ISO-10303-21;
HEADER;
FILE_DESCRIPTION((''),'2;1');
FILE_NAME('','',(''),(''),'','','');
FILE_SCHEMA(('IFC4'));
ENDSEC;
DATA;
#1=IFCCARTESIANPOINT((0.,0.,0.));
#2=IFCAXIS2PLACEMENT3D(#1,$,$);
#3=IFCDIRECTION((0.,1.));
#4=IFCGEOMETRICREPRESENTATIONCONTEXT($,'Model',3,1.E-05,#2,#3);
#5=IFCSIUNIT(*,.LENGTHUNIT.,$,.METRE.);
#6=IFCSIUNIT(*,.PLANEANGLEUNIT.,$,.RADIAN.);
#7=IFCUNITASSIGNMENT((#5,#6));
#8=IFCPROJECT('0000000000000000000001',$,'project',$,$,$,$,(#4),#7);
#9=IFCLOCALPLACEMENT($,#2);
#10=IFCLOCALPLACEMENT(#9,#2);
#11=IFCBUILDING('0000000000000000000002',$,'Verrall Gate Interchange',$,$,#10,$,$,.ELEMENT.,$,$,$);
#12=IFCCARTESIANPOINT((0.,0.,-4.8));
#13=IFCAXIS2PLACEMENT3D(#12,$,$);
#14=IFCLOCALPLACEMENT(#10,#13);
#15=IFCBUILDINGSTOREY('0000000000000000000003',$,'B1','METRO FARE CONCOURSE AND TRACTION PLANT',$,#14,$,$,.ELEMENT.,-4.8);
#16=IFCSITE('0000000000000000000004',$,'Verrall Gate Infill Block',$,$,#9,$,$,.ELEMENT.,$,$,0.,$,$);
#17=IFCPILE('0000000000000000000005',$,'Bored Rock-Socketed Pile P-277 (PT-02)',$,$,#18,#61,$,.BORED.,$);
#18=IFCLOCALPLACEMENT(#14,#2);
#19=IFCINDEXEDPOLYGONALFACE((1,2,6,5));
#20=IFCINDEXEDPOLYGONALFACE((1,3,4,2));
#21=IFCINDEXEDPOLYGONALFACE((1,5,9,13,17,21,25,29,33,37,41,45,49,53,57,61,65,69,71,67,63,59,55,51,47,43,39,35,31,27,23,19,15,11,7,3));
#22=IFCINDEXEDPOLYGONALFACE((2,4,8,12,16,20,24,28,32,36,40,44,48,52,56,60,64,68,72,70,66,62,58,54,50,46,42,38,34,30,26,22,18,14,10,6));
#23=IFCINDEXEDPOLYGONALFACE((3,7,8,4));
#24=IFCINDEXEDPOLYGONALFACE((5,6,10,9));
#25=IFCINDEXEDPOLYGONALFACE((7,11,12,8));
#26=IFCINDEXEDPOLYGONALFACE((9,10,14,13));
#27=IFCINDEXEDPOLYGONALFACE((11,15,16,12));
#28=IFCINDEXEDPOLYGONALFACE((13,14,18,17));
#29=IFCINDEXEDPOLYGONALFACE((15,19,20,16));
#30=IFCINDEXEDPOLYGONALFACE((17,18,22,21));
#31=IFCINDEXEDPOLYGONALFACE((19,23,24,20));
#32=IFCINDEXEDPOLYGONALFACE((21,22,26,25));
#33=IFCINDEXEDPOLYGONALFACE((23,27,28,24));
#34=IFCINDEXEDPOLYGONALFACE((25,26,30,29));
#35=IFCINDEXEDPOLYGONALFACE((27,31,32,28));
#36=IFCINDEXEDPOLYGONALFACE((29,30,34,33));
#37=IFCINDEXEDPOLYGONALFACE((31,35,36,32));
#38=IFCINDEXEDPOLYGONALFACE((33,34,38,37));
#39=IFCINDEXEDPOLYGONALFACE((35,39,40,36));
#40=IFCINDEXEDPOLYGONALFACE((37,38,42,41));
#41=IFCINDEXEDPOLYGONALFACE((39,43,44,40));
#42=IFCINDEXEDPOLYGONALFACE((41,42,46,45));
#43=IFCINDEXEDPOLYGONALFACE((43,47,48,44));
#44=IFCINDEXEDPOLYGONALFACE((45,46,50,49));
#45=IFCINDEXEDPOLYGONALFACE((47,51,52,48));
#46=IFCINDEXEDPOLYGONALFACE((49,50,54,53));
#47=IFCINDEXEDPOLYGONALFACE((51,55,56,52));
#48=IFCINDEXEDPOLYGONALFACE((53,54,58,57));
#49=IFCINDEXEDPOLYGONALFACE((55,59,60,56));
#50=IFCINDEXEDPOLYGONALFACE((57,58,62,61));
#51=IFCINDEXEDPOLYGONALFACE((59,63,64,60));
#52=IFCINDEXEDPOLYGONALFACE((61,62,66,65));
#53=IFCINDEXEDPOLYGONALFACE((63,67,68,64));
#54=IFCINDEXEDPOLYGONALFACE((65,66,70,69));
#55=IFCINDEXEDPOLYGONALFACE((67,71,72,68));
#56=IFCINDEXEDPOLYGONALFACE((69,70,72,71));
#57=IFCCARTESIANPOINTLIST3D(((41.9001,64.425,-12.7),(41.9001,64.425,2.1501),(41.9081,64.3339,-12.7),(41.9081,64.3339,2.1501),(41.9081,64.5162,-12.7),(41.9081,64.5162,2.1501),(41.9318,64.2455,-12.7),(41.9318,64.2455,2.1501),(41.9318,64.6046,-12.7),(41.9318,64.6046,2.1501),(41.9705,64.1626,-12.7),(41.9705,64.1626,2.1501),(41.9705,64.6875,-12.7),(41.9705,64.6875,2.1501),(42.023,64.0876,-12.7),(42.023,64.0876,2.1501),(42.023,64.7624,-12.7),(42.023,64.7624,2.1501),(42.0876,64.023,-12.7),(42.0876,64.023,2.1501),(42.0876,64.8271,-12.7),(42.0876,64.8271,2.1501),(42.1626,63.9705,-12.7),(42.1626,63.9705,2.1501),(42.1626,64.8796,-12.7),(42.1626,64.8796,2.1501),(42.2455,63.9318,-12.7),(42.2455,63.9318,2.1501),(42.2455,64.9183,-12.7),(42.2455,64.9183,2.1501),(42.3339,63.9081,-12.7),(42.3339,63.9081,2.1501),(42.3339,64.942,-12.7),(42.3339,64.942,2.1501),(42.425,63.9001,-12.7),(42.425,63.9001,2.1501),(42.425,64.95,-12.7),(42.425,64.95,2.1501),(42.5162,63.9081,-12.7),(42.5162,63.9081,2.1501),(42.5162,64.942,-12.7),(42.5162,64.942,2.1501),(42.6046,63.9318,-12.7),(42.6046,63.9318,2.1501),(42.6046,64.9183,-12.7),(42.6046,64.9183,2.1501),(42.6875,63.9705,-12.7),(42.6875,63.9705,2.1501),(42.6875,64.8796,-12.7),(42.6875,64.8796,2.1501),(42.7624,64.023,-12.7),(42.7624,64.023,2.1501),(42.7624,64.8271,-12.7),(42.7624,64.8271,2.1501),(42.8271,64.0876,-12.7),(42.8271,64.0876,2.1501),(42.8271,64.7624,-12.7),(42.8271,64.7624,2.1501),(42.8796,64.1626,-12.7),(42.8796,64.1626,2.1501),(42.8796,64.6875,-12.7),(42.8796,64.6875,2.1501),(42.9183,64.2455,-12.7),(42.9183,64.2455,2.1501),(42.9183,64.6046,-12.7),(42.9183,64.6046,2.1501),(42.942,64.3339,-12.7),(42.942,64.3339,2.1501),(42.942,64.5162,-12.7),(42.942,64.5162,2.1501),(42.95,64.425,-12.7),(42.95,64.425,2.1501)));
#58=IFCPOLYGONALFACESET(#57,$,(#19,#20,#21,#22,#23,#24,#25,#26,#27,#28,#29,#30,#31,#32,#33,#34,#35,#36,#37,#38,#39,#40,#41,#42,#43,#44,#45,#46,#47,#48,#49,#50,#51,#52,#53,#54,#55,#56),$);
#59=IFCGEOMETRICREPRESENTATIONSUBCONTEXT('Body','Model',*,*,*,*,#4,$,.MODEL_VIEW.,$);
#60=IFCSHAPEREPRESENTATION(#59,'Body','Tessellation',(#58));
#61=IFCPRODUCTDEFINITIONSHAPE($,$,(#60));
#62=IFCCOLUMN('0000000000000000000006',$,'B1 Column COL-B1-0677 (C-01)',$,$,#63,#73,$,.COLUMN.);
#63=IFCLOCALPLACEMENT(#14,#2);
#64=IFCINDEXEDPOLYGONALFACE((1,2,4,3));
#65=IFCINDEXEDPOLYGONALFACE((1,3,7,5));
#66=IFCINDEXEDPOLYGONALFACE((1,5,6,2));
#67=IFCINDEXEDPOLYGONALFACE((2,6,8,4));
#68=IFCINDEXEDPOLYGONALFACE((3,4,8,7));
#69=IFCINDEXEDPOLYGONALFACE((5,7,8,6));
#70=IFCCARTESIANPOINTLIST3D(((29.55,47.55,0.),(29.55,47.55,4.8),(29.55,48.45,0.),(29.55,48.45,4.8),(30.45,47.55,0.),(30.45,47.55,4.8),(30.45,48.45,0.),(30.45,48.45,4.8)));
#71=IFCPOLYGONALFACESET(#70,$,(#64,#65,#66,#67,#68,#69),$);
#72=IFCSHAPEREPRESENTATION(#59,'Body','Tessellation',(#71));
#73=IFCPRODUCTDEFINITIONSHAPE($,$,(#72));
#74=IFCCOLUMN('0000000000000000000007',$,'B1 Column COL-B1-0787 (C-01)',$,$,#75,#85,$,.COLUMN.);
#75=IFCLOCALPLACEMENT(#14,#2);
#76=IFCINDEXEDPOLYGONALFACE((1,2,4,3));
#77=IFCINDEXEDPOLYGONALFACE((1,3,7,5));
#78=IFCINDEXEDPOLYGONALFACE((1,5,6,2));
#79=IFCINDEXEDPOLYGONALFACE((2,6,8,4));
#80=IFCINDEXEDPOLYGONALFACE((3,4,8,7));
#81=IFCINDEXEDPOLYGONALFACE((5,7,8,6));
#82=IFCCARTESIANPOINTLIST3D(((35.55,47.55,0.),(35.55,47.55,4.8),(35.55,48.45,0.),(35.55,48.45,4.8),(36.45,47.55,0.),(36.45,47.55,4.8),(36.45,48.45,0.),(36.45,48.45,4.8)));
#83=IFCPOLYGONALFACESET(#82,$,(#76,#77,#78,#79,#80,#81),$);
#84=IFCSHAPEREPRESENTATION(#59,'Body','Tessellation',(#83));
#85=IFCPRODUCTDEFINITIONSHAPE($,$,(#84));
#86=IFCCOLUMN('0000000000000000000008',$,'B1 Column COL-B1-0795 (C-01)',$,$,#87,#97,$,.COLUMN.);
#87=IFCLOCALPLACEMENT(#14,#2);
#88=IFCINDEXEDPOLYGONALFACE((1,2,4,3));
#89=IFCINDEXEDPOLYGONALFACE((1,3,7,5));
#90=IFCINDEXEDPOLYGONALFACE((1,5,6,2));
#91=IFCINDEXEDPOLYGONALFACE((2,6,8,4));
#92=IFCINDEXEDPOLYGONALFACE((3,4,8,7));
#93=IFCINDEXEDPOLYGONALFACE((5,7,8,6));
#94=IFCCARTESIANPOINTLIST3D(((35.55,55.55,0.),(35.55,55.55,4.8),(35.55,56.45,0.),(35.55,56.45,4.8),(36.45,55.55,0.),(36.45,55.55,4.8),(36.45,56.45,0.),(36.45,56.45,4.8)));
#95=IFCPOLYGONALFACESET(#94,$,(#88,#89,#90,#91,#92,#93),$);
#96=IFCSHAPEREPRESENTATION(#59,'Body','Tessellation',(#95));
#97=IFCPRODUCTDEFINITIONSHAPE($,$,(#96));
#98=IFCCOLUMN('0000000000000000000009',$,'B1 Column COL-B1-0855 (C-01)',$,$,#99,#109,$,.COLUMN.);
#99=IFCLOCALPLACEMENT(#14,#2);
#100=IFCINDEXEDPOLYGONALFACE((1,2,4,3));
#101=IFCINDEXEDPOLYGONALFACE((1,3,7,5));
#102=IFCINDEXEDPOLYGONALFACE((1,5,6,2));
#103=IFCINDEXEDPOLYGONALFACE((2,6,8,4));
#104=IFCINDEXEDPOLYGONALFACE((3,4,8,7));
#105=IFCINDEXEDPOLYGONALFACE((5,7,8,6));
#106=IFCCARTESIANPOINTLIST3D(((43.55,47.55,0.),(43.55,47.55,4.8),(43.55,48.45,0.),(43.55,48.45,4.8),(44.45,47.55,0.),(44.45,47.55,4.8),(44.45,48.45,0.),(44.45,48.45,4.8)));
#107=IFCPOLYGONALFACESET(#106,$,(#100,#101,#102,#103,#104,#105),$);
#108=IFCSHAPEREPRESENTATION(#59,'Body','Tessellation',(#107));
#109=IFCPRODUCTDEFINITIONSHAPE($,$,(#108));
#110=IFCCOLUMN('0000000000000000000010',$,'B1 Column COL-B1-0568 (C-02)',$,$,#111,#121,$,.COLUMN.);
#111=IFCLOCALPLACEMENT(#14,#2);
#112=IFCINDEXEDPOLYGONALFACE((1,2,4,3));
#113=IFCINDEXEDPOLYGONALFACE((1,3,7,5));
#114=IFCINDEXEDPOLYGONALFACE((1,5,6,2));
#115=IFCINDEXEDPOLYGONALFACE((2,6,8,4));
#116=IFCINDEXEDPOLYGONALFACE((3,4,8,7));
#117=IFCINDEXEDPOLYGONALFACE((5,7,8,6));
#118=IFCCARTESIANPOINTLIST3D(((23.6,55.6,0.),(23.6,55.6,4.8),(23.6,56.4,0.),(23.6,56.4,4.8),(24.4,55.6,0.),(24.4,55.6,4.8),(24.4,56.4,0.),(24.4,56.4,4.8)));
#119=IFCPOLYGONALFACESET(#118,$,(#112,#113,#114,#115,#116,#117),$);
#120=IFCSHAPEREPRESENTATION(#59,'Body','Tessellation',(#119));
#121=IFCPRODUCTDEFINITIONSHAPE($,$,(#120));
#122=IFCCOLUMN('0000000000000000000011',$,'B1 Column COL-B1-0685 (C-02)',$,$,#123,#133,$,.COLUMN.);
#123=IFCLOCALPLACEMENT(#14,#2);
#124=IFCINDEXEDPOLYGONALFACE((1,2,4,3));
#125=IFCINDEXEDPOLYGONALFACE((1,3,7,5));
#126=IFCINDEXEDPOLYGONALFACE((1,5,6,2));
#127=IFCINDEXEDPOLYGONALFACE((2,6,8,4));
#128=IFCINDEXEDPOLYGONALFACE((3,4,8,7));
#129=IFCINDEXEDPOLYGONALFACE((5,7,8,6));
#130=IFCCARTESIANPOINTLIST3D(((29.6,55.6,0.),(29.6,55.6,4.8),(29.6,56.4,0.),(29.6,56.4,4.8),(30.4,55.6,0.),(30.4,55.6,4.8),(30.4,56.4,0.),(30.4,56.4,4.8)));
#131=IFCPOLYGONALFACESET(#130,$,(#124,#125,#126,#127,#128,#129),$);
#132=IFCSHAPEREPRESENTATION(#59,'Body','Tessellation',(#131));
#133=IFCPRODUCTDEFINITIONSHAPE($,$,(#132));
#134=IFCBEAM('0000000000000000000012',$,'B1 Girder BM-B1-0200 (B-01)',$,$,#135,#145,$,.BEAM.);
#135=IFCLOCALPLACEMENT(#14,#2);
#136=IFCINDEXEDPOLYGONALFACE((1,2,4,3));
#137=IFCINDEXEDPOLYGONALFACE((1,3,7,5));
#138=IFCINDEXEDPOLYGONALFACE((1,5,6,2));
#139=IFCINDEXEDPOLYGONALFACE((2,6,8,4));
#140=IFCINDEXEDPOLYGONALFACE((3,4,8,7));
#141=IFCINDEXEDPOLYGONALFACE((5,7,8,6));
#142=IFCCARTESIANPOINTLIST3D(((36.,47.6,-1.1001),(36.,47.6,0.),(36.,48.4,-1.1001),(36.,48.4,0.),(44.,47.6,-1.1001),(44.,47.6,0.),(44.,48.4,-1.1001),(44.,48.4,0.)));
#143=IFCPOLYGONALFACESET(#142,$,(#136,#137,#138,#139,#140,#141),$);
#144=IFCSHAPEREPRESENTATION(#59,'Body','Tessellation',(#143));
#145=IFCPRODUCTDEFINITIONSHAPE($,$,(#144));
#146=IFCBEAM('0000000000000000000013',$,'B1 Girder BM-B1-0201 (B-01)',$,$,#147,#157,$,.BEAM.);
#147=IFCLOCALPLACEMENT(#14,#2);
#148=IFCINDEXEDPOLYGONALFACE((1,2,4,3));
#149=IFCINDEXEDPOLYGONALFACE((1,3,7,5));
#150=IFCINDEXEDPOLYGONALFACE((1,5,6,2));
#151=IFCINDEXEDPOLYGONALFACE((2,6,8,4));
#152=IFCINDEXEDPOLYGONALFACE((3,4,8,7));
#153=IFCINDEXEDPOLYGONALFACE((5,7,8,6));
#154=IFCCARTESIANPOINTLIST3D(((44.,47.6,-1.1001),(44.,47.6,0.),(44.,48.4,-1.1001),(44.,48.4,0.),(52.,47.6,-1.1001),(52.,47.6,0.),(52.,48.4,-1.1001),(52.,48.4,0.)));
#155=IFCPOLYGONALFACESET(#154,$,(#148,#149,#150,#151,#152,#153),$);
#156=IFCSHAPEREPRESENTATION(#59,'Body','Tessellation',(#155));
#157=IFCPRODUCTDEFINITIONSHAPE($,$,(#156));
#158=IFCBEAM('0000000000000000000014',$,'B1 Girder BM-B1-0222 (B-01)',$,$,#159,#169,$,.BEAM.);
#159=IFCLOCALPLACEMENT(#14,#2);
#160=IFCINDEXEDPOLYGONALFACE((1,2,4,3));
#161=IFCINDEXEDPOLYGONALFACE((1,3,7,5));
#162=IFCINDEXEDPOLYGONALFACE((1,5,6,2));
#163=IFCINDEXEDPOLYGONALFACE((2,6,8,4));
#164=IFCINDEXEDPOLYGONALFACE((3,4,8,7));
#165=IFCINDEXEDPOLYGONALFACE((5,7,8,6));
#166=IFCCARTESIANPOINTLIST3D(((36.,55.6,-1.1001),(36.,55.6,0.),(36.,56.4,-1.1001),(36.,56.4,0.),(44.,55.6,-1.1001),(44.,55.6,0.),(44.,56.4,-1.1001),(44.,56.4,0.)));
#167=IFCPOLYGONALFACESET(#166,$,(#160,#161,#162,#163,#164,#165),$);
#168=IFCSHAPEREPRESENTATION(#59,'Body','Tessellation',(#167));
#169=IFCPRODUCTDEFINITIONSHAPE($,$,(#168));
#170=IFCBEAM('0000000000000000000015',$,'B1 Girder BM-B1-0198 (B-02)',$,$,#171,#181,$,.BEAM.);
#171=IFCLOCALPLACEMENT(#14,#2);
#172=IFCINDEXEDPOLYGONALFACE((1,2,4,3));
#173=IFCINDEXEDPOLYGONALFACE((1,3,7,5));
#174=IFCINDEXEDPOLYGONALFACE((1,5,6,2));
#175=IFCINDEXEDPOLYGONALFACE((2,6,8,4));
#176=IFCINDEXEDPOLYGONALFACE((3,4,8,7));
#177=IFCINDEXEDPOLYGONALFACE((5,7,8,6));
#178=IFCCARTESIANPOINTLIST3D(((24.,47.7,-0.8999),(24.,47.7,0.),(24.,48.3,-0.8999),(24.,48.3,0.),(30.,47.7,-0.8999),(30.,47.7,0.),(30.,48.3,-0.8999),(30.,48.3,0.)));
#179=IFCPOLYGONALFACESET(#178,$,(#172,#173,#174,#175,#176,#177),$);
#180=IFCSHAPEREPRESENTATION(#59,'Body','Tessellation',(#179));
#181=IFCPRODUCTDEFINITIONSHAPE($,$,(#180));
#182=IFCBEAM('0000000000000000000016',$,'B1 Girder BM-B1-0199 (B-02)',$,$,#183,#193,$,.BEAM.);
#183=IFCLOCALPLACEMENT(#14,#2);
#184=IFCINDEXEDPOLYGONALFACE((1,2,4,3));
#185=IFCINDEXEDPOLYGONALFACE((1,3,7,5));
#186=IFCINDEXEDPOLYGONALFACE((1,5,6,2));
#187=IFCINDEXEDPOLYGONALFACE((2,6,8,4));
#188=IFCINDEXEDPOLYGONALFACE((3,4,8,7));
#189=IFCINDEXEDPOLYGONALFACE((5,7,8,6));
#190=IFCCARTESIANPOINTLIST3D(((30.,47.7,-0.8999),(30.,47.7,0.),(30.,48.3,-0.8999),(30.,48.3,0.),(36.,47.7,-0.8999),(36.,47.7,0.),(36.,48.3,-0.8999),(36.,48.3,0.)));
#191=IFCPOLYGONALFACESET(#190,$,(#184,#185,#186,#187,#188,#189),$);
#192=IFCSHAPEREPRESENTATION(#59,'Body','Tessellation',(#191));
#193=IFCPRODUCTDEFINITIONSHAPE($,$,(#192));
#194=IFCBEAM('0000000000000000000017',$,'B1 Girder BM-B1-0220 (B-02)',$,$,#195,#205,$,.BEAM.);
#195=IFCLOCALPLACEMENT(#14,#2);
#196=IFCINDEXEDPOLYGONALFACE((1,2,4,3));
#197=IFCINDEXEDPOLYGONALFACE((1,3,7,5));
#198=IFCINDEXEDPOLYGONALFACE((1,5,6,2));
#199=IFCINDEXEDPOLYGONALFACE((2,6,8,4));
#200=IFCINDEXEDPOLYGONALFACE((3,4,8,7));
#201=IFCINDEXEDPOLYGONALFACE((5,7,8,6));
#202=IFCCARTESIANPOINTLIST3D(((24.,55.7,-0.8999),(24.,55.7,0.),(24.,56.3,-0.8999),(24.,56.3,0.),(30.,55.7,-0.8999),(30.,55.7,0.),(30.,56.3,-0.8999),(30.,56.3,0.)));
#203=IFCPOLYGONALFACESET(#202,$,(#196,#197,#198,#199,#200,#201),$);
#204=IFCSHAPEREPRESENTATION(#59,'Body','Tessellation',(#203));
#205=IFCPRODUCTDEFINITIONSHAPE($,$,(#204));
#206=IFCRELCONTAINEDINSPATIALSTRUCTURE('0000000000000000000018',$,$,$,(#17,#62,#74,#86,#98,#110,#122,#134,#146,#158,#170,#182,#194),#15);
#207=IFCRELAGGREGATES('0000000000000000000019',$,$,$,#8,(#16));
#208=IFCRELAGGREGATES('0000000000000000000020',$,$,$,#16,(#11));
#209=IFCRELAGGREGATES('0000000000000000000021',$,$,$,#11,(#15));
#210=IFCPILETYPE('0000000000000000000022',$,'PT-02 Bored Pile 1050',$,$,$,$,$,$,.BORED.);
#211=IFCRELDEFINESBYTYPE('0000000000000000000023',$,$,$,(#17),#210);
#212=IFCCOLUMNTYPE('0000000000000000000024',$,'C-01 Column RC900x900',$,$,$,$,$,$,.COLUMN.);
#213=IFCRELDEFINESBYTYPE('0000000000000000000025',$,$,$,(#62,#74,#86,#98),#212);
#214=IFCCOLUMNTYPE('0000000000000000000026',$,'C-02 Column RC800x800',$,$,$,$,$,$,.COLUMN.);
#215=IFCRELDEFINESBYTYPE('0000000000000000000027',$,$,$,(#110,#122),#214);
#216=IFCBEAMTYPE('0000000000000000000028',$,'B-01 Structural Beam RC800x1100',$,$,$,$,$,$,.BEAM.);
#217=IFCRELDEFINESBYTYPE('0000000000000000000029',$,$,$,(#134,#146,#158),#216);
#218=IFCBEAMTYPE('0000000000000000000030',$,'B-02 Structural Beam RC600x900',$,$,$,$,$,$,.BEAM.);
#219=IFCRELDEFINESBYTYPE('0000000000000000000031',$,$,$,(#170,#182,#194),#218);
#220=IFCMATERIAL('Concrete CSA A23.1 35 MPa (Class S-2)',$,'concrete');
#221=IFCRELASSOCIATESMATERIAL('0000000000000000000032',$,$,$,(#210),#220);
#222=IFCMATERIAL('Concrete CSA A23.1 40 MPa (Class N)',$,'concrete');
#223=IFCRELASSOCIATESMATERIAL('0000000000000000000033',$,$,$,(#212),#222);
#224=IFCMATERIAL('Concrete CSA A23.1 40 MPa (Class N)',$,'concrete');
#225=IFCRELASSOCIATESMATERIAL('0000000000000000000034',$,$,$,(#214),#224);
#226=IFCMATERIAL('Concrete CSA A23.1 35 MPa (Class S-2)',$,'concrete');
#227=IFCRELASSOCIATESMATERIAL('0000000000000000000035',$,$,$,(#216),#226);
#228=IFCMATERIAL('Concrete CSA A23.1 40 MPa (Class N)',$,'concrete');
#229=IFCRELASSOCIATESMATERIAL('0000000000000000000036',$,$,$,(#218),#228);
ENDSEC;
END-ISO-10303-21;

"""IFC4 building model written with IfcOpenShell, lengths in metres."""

from ifc_helpers import new_model, si_unit, direction, frame, origin, origin_2d, place, context, subcontext, project, spatial, rectangle, circle, extrude, material, material_profile, profile_set, type_object, element, save


model = new_model("IFC4")

# Units and contexts
model_context = context("Model", 3, precision=1e-05, world=origin(), true_north=direction((0.0, 1.0)))
body_context = subcontext(model_context, "Body", "Model", "MODEL_VIEW")
ifc_project = project(units=[si_unit("LENGTHUNIT", "METRE"), si_unit("PLANEANGLEUNIT", "RADIAN")], contexts=[model_context])

# Site, building, storey
site_placement = place(None, origin())
site = spatial("IfcSite", under=ifc_project, at=site_placement, Name="Verrall Gate Infill Block", CompositionType="ELEMENT", RefElevation=0.0)
building_placement = place(site_placement, origin())
building = spatial("IfcBuilding", under=site, at=building_placement, Name="Verrall Gate Interchange", CompositionType="ELEMENT")
storey_placement = place(building_placement, frame((0.0, 0.0, -4.8)))
storey = spatial("IfcBuildingStorey", under=building, at=storey_placement, Name="B1", Description="METRO FARE CONCOURSE AND TRACTION PLANT", CompositionType="ELEMENT", Elevation=-4.8)

# Pile
ifc_material_1 = material(Name="Concrete CSA A23.1 35 MPa (Class S-2)", Category="concrete")
ifc_material_profile_1 = material_profile(ifc_material_1, circle(Radius=0.5249, at=origin_2d()), Name="PILE1050D")
ifc_profile_set_1 = profile_set([ifc_material_profile_1], Name="Concrete CSA A23.1 35 MPa (Class S-2)")
pile_type = type_object("IfcPileType", Name="PT-02 Bored Pile 1050", PredefinedType="BORED", material=ifc_profile_set_1)
pile_placement = place(storey_placement, frame((42.425, 64.425, 2.1501), z_axis=(0.0, 0.0, -1.0), x_axis=(1.0, 0.0, 0.0)))
element("IfcPile", 1, at=pile_placement, inside=storey, type_object=pile_type, Name="Bored Rock-Socketed Pile P-277 (PT-02)", PredefinedType="BORED", context=body_context, shape_type="SweptSolid", body=[
    extrude(circle(Radius=0.5249, at=origin_2d()), origin(), (0.0, 0.0, 1.0), 14.8501),
])

# Columns
ifc_material_2 = material(Name="Concrete CSA A23.1 40 MPa (Class N)", Category="concrete")
ifc_material_profile_2 = material_profile(ifc_material_2, rectangle(XDim=0.8999, YDim=0.8999, at=origin_2d()), Name="RC900x900")
ifc_profile_set_2 = profile_set([ifc_material_profile_2], Name="Concrete CSA A23.1 40 MPa (Class N)")
column_type_1 = type_object("IfcColumnType", Name="C-01 Column RC900x900", PredefinedType="COLUMN", material=ifc_profile_set_2)
for number, where, z_axis, x_axis, name in (
    (2, (30.0, 48.0, 0.0), (0.0, 0.0, 1.0), (1.0, 0.0, 0.0), "B1 Column COL-B1-0677 (C-01)"),
    (3, (36.0, 48.0, 0.0), (0.0, 0.0, 1.0), (1.0, 0.0, 0.0), "B1 Column COL-B1-0787 (C-01)"),
    (4, (36.0, 56.0, 0.0), (0.0, 0.0, 1.0), (1.0, 0.0, 0.0), "B1 Column COL-B1-0795 (C-01)"),
    (5, (44.0, 48.0, 0.0), (0.0, 0.0, 1.0), (1.0, 0.0, 0.0), "B1 Column COL-B1-0855 (C-01)"),
):
    element("IfcColumn", number, at=place(storey_placement, frame(where, z_axis=z_axis, x_axis=x_axis)), inside=storey, type_object=column_type_1, Name=name, PredefinedType="COLUMN", context=body_context, shape_type="SweptSolid", body=[
        extrude(rectangle(XDim=0.8999, YDim=0.8999, at=origin_2d()), origin(), (0.0, 0.0, 1.0), 4.8),
    ])
ifc_material_3 = material(Name="Concrete CSA A23.1 40 MPa (Class N)", Category="concrete")
ifc_material_profile_3 = material_profile(ifc_material_3, rectangle(XDim=0.8, YDim=0.8, at=origin_2d()), Name="RC800x800")
ifc_profile_set_3 = profile_set([ifc_material_profile_3], Name="Concrete CSA A23.1 40 MPa (Class N)")
column_type_2 = type_object("IfcColumnType", Name="C-02 Column RC800x800", PredefinedType="COLUMN", material=ifc_profile_set_3)
for number, where, z_axis, x_axis, name in (
    (6, (24.0, 56.0, 0.0), (0.0, 0.0, 1.0), (1.0, 0.0, 0.0), "B1 Column COL-B1-0568 (C-02)"),
    (7, (30.0, 56.0, 0.0), (0.0, 0.0, 1.0), (1.0, 0.0, 0.0), "B1 Column COL-B1-0685 (C-02)"),
):
    element("IfcColumn", number, at=place(storey_placement, frame(where, z_axis=z_axis, x_axis=x_axis)), inside=storey, type_object=column_type_2, Name=name, PredefinedType="COLUMN", context=body_context, shape_type="SweptSolid", body=[
        extrude(rectangle(XDim=0.8, YDim=0.8, at=origin_2d()), origin(), (0.0, 0.0, 1.0), 4.8),
    ])

# Beams
ifc_material_4 = material(Name="Concrete CSA A23.1 35 MPa (Class S-2)", Category="concrete")
ifc_material_profile_4 = material_profile(ifc_material_4, rectangle(XDim=0.8, YDim=1.1001, at=origin_2d()), Name="RC800x1100")
ifc_profile_set_4 = profile_set([ifc_material_profile_4], Name="Concrete CSA A23.1 35 MPa (Class S-2)")
beam_type_1 = type_object("IfcBeamType", Name="B-01 Structural Beam RC800x1100", PredefinedType="BEAM", material=ifc_profile_set_4)
for number, where, z_axis, x_axis, name in (
    (8, (36.0, 48.0, -0.55), (1.0, 0.0, 0.0), (0.0, 1.0, 0.0), "B1 Girder BM-B1-0200 (B-01)"),
    (9, (44.0, 48.0, -0.55), (1.0, 0.0, 0.0), (0.0, 1.0, 0.0), "B1 Girder BM-B1-0201 (B-01)"),
    (10, (36.0, 56.0, -0.55), (1.0, 0.0, 0.0), (0.0, 1.0, 0.0), "B1 Girder BM-B1-0222 (B-01)"),
):
    element("IfcBeam", number, at=place(storey_placement, frame(where, z_axis=z_axis, x_axis=x_axis)), inside=storey, type_object=beam_type_1, Name=name, PredefinedType="BEAM", context=body_context, shape_type="SweptSolid", body=[
        extrude(rectangle(XDim=0.8, YDim=1.1001, at=origin_2d()), origin(), (0.0, 0.0, 1.0), 8.0),
    ])
ifc_material_5 = material(Name="Concrete CSA A23.1 40 MPa (Class N)", Category="concrete")
ifc_material_profile_5 = material_profile(ifc_material_5, rectangle(XDim=0.6001, YDim=0.8999, at=origin_2d()), Name="RC600x900")
ifc_profile_set_5 = profile_set([ifc_material_profile_5], Name="Concrete CSA A23.1 40 MPa (Class N)")
beam_type_2 = type_object("IfcBeamType", Name="B-02 Structural Beam RC600x900", PredefinedType="BEAM", material=ifc_profile_set_5)
for number, where, z_axis, x_axis, name in (
    (11, (24.0, 48.0, -0.45), (1.0, 0.0, 0.0), (0.0, 1.0, 0.0), "B1 Girder BM-B1-0198 (B-02)"),
    (12, (30.0, 48.0, -0.45), (1.0, 0.0, 0.0), (0.0, 1.0, 0.0), "B1 Girder BM-B1-0199 (B-02)"),
    (13, (24.0, 56.0, -0.45), (1.0, 0.0, 0.0), (0.0, 1.0, 0.0), "B1 Girder BM-B1-0220 (B-02)"),
):
    element("IfcBeam", number, at=place(storey_placement, frame(where, z_axis=z_axis, x_axis=x_axis)), inside=storey, type_object=beam_type_2, Name=name, PredefinedType="BEAM", context=body_context, shape_type="SweptSolid", body=[
        extrude(rectangle(XDim=0.6001, YDim=0.8999, at=origin_2d()), origin(), (0.0, 0.0, 1.0), 6.0),
    ])

save(model, "model.ifc")
